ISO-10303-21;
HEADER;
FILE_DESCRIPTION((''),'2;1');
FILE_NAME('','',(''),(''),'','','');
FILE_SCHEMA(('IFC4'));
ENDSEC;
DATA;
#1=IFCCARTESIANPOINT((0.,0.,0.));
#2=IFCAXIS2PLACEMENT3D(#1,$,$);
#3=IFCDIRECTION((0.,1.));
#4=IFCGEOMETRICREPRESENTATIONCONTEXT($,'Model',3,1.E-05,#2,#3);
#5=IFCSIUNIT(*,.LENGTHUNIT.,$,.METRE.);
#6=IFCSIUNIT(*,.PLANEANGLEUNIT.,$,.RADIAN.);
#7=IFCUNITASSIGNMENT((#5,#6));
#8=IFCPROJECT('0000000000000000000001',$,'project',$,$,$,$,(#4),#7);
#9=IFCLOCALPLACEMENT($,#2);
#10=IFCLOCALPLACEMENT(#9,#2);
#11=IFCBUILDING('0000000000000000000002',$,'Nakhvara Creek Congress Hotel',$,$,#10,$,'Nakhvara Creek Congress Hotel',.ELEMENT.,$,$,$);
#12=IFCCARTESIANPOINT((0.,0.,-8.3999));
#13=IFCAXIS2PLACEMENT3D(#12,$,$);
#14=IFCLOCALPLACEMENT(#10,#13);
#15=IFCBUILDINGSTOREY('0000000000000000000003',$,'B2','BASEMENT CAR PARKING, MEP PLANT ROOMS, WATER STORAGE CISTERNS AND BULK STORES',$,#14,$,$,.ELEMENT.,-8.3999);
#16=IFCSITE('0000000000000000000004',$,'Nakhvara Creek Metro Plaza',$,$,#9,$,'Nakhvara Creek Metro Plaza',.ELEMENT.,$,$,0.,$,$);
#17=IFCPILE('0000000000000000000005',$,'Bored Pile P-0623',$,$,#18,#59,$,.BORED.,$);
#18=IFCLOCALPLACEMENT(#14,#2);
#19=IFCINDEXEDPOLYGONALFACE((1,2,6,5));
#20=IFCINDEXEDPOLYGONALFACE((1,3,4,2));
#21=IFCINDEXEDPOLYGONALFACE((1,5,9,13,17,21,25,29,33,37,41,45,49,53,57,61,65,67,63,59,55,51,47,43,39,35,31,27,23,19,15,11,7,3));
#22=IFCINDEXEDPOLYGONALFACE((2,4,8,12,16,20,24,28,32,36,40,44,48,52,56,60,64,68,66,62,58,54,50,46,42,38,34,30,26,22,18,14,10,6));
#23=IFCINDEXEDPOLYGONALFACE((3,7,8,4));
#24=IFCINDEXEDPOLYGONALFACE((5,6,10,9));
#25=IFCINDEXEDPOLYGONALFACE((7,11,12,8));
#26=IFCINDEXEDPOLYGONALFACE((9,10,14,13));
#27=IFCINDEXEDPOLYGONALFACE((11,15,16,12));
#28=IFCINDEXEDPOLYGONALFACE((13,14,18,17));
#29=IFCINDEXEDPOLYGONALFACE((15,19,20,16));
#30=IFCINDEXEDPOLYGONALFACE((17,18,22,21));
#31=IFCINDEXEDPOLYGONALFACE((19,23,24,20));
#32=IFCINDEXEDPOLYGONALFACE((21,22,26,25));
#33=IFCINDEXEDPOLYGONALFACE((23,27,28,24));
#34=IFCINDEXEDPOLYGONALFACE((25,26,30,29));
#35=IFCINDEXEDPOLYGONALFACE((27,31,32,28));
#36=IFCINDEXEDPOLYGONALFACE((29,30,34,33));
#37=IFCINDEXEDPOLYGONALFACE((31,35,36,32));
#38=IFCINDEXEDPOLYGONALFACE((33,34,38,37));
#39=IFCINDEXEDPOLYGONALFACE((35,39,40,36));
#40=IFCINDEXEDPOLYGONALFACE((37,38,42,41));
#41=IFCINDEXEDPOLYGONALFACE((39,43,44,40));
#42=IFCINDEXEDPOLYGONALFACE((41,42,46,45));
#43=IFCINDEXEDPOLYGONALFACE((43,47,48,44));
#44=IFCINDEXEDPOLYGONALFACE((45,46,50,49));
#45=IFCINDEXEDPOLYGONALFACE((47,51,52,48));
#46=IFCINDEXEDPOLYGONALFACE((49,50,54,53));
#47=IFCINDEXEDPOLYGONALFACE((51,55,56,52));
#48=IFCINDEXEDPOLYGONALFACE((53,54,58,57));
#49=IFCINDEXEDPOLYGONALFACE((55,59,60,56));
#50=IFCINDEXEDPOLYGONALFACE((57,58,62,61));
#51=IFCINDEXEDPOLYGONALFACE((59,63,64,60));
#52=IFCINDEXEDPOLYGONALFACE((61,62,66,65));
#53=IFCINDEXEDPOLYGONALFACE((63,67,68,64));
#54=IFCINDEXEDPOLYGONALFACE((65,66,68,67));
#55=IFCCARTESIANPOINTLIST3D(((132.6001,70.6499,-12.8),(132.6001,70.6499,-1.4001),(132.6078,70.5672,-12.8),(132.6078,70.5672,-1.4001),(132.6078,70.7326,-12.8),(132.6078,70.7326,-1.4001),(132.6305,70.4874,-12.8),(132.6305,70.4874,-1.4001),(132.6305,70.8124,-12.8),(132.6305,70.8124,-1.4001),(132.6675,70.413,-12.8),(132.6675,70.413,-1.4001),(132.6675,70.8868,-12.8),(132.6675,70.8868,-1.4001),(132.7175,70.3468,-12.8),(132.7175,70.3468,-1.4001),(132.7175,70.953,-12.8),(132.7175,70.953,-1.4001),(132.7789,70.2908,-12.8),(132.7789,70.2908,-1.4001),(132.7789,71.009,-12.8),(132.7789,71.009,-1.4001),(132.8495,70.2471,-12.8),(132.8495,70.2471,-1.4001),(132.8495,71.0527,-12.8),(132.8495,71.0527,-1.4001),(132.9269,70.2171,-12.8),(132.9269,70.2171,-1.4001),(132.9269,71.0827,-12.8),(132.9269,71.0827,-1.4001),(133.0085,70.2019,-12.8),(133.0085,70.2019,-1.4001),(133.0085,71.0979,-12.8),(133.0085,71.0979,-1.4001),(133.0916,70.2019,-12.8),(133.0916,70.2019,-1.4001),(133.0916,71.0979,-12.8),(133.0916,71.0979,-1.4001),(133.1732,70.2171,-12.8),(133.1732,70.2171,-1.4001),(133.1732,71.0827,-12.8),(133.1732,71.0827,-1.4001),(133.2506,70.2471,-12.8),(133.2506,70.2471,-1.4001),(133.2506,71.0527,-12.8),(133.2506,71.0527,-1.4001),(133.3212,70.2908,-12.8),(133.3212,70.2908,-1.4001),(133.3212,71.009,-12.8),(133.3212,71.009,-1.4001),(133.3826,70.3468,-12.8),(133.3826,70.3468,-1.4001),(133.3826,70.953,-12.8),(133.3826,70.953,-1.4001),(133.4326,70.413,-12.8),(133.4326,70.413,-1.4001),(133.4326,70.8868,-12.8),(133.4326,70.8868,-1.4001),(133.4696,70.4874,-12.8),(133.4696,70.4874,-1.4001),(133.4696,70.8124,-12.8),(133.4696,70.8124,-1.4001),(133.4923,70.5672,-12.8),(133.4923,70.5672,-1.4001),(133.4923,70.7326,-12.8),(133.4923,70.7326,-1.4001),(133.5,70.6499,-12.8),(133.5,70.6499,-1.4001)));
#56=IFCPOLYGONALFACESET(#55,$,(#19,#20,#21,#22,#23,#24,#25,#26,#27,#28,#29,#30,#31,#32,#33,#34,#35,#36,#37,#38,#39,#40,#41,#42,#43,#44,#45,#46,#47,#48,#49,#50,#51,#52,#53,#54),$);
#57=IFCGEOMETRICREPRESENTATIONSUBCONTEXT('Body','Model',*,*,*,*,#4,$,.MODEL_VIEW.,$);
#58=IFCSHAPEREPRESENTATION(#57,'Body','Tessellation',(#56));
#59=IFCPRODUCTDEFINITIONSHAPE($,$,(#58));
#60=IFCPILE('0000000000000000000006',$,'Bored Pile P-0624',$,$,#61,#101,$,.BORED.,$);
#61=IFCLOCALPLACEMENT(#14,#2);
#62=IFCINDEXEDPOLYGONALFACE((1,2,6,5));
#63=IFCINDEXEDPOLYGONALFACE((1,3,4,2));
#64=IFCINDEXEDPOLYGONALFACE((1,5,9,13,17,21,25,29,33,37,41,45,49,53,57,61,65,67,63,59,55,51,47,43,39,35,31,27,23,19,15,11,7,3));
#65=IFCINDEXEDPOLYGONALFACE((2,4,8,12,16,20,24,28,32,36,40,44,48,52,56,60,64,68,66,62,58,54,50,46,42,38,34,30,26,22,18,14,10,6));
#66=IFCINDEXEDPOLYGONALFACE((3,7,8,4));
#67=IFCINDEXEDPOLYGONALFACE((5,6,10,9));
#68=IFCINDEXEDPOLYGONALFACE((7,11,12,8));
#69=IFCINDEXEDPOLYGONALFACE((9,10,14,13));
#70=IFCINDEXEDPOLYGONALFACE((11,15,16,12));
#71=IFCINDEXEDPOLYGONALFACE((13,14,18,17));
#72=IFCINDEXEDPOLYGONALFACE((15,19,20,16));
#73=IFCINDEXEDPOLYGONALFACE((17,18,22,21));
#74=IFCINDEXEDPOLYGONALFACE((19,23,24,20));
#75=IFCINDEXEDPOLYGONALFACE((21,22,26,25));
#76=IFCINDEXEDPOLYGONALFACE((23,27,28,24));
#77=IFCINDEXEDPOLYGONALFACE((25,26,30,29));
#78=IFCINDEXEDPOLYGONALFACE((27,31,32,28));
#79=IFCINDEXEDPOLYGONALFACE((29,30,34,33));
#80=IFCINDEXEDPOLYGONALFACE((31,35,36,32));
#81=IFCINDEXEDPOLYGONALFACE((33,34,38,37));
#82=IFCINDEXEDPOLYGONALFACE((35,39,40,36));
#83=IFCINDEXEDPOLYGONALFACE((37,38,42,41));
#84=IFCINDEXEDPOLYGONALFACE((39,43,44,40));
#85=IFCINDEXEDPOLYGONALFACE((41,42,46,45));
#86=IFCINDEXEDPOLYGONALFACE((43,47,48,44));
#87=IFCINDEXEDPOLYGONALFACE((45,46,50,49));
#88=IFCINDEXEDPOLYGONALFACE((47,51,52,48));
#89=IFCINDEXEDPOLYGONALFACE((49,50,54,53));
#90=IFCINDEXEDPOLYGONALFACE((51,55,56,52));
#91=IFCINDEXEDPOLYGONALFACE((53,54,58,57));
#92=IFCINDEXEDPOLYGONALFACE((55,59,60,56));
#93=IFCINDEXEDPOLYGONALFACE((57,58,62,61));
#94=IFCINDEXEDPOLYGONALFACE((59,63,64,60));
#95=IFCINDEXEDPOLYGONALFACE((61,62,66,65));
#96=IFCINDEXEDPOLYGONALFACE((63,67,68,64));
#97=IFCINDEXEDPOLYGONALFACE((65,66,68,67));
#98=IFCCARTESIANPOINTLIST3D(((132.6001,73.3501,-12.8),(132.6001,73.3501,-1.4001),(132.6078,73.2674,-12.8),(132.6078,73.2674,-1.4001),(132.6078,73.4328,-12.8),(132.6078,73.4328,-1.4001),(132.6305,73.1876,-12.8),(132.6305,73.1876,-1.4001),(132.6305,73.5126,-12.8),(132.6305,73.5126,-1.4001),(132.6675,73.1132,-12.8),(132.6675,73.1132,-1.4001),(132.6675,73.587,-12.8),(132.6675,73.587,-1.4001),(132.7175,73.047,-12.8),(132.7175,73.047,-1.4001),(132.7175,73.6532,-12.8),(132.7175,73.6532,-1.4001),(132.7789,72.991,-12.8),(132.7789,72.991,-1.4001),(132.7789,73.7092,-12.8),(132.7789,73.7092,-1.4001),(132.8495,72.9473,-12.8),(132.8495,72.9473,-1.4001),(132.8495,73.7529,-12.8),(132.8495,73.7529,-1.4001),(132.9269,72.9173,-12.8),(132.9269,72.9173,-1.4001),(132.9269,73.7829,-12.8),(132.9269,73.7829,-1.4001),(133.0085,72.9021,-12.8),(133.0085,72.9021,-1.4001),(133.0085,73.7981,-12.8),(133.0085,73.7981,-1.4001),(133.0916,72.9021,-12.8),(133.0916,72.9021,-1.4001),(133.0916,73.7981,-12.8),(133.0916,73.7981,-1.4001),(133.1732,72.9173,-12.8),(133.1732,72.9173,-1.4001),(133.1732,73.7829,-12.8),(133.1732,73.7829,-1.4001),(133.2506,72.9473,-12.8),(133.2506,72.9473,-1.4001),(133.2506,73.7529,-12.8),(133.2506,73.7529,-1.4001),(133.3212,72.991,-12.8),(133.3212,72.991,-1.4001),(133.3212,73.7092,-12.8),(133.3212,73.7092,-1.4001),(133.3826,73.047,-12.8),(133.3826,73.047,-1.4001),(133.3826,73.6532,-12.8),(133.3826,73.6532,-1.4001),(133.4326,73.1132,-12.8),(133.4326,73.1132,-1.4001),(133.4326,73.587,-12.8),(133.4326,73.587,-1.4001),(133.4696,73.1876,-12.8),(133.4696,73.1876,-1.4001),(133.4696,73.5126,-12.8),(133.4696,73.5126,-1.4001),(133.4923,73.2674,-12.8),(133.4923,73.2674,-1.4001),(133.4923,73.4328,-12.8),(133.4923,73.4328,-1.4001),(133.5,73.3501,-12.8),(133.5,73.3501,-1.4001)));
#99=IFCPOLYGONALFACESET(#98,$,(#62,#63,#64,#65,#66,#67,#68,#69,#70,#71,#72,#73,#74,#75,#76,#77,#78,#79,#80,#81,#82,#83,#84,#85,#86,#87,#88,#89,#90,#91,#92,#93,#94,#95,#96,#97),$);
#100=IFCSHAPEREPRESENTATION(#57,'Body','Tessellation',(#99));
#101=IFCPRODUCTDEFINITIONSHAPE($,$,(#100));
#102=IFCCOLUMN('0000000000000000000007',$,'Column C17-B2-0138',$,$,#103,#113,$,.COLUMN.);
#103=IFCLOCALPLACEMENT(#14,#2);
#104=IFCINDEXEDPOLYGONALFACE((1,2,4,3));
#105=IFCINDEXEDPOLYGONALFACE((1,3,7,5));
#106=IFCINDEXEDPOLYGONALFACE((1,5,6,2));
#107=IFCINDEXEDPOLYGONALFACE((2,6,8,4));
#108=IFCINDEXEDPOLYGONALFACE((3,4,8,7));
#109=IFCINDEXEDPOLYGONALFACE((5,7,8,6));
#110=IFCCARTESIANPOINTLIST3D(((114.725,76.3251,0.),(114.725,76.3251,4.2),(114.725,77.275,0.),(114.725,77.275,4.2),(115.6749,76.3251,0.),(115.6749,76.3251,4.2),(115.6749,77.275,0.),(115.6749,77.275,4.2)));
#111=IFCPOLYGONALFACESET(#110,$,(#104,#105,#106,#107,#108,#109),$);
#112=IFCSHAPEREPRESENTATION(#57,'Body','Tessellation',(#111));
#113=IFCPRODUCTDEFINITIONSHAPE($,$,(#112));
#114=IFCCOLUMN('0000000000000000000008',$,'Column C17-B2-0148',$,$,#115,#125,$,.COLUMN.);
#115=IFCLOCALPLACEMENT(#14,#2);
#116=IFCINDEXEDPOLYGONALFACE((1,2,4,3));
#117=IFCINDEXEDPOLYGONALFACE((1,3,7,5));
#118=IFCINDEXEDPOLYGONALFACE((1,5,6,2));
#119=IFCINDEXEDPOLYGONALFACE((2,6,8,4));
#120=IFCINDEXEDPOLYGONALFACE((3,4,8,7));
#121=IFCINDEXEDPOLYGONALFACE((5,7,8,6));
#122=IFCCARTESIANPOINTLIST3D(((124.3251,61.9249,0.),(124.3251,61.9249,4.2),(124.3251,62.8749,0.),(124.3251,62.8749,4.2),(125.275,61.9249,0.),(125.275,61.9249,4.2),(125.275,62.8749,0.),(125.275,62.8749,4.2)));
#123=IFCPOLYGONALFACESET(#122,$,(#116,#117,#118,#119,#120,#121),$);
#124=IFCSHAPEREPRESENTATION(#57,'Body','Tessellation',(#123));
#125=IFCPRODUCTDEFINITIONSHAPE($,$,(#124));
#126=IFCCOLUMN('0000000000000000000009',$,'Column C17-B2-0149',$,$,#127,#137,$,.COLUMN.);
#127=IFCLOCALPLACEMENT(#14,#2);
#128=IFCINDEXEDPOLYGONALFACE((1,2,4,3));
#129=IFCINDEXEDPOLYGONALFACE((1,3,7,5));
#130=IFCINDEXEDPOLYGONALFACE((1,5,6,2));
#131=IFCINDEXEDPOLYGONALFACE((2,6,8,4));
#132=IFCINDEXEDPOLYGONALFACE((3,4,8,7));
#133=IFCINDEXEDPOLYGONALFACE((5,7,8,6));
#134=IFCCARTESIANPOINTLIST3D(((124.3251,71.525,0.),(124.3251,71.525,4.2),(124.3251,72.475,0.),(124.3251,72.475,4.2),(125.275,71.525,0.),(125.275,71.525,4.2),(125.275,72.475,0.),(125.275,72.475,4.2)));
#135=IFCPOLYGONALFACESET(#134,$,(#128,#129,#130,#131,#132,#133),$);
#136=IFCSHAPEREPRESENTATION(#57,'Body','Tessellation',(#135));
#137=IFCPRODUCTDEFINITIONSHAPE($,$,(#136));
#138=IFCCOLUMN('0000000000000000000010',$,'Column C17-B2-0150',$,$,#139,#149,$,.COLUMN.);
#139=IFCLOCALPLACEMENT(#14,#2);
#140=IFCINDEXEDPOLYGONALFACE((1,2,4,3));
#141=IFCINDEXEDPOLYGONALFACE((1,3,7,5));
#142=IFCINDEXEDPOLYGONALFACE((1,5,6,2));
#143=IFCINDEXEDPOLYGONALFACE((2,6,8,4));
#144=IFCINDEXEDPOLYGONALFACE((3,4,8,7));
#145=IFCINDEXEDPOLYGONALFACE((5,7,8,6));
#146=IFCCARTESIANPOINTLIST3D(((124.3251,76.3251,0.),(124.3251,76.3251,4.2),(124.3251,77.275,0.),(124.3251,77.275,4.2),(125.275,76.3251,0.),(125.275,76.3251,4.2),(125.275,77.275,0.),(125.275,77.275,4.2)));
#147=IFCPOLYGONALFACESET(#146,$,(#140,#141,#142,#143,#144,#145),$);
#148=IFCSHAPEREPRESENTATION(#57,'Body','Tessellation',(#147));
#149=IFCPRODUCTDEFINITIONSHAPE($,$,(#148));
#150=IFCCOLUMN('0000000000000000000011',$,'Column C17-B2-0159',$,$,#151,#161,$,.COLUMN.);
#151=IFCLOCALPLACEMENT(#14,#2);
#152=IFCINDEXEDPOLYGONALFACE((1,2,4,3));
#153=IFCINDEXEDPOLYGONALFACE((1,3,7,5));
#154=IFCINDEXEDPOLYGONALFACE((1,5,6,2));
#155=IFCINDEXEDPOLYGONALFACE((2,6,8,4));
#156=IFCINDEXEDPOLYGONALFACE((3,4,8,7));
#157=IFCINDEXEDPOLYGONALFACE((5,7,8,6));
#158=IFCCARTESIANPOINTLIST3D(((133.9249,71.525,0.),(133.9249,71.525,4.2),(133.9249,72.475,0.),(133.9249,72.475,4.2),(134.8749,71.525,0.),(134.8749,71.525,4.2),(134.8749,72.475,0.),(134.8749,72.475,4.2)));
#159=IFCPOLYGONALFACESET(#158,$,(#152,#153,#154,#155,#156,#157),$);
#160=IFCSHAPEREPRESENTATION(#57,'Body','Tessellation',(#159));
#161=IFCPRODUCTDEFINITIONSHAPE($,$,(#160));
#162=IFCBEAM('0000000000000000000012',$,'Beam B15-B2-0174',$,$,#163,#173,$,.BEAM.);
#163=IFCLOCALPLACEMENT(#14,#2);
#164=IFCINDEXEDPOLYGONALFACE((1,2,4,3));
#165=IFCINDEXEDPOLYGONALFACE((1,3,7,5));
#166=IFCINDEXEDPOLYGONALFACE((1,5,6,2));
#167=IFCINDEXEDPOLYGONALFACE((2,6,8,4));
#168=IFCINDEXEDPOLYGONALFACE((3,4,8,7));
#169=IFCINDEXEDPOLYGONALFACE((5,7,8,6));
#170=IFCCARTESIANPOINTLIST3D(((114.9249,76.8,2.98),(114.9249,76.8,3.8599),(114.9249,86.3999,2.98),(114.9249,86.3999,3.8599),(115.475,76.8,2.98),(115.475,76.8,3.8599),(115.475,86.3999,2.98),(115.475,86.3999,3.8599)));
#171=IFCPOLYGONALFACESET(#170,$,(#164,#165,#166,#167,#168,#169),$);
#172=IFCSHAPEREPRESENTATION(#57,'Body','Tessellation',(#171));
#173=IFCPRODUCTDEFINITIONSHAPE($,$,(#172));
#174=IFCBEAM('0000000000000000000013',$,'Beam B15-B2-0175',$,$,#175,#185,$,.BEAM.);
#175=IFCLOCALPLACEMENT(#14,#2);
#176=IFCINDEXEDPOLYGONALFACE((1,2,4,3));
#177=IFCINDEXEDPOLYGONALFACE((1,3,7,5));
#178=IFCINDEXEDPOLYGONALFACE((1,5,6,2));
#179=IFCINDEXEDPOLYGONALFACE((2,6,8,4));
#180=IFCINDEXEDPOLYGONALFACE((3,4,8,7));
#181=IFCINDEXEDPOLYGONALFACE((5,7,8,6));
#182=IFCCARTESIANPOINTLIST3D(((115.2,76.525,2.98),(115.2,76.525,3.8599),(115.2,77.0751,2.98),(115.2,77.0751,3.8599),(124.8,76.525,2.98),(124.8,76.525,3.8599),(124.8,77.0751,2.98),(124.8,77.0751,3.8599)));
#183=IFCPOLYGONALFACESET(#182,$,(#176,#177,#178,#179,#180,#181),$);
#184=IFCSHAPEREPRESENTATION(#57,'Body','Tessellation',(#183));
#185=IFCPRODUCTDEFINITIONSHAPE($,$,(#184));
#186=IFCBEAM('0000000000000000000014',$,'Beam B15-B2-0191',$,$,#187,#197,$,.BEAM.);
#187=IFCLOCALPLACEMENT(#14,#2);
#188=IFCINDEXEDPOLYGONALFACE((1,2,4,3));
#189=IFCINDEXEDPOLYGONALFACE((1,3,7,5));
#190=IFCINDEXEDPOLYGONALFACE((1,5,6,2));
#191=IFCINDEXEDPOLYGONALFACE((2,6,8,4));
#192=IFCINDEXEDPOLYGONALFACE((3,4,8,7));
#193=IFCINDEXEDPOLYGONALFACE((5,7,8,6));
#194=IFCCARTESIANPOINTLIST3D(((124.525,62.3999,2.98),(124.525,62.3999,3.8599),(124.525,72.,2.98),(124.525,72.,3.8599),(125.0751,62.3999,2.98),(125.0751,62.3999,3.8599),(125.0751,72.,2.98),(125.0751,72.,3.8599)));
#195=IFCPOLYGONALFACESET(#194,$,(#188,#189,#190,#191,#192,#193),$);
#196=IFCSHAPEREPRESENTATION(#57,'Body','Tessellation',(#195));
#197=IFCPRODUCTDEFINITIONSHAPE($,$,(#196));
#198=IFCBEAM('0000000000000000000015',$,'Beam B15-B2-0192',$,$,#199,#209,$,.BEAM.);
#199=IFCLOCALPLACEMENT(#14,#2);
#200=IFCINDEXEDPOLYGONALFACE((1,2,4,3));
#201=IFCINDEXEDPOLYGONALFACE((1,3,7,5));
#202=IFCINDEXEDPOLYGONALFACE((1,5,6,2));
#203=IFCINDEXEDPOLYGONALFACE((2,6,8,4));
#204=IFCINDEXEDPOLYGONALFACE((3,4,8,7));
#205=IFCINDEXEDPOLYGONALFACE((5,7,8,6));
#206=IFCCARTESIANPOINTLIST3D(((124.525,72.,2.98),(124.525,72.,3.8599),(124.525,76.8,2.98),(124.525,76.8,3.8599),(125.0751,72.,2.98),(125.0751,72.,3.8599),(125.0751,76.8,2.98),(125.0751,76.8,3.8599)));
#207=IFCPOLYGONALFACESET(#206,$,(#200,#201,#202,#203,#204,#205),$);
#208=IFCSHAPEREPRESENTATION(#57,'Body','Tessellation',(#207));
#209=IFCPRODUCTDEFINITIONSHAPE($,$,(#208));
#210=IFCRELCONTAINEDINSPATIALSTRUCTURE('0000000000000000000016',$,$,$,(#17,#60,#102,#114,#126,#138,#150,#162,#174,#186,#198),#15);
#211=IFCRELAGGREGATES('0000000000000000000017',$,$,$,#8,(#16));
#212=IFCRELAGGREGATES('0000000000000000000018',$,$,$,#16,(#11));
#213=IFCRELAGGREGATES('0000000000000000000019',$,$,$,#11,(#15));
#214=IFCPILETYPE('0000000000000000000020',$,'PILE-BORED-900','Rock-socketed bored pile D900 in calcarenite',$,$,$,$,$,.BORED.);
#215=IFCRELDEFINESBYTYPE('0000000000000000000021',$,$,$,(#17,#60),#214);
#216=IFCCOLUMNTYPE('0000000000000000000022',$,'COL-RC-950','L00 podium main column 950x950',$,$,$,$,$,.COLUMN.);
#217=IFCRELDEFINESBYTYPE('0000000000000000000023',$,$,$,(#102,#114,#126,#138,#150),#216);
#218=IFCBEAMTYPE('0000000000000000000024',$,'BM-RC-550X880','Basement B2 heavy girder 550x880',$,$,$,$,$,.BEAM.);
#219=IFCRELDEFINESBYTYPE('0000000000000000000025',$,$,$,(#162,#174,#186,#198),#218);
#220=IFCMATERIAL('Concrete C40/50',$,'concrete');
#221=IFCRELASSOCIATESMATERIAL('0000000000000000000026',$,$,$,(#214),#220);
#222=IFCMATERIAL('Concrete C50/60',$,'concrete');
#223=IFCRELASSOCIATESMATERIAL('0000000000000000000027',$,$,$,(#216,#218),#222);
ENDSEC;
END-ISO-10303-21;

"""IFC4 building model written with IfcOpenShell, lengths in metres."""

from ifc_helpers import new_model, si_unit, direction, frame, origin, origin_2d, place, context, subcontext, project, spatial, rectangle, circle, extrude, material, material_profile, profile_set, type_object, element, save


model = new_model("IFC4")

# Units and contexts
model_context = context("Model", 3, precision=1e-05, world=origin(), true_north=direction((0.0, 1.0)))
body_context = subcontext(model_context, "Body", "Model", "MODEL_VIEW")
ifc_project = project(units=[si_unit("LENGTHUNIT", "METRE"), si_unit("PLANEANGLEUNIT", "RADIAN")], contexts=[model_context])

# Site, building, storey
site_placement = place(None, origin())
site = spatial("IfcSite", under=ifc_project, at=site_placement, Name="Nakhvara Creek Metro Plaza", LongName="Nakhvara Creek Metro Plaza", CompositionType="ELEMENT", RefElevation=0.0)
building_placement = place(site_placement, origin())
building = spatial("IfcBuilding", under=site, at=building_placement, Name="Nakhvara Creek Congress Hotel", LongName="Nakhvara Creek Congress Hotel", CompositionType="ELEMENT")
storey_placement = place(building_placement, frame((0.0, 0.0, -8.3999)))
storey = spatial("IfcBuildingStorey", under=building, at=storey_placement, Name="B2", Description="BASEMENT CAR PARKING, MEP PLANT ROOMS, WATER STORAGE CISTERNS AND BULK STORES", CompositionType="ELEMENT", Elevation=-8.3999)

# Shared definitions
ifc_material_1 = material(Name="Concrete C40/50", Category="concrete")

# Piles
ifc_material_profile_1 = material_profile(ifc_material_1, circle(Radius=0.45, at=origin_2d()), Name="BORED PILE D900", Category="LoadBearing")
ifc_profile_set_1 = profile_set([ifc_material_profile_1], Name="Concrete C40/50")
pile_type = type_object("IfcPileType", Name="PILE-BORED-900", Description="Rock-socketed bored pile D900 in calcarenite", PredefinedType="BORED", material=ifc_profile_set_1)
for number, where, z_axis, x_axis, name in (
    (1, (133.05, 70.6499, -1.4001), (0.0, 0.0, -1.0), (1.0, 0.0, 0.0), "Bored Pile P-0623"),
    (2, (133.05, 73.3501, -1.4001), (0.0, 0.0, -1.0), (1.0, 0.0, 0.0), "Bored Pile P-0624"),
):
    element("IfcPile", number, at=place(storey_placement, frame(where, z_axis=z_axis, x_axis=x_axis)), inside=storey, type_object=pile_type, Name=name, PredefinedType="BORED", context=body_context, shape_type="SweptSolid", body=[
        extrude(circle(Radius=0.45, at=origin_2d()), origin(), (0.0, 0.0, 1.0), 11.3999),
    ])

# Columns
ifc_material_2 = material(Name="Concrete C50/60", Category="concrete")
ifc_material_profile_2 = material_profile(ifc_material_2, rectangle(XDim=0.95, YDim=0.95, at=origin_2d()), Name="RC-COL 950x950", Category="LoadBearing")
ifc_profile_set_2 = profile_set([ifc_material_profile_2], Name="Concrete C50/60")
column_type = type_object("IfcColumnType", Name="COL-RC-950", Description="L00 podium main column 950x950", PredefinedType="COLUMN", material=ifc_profile_set_2)
for number, where, z_axis, x_axis, name in (
    (3, (115.2, 76.8, 0.0), (0.0, 0.0, 1.0), (1.0, 0.0, 0.0), "Column C17-B2-0138"),
    (4, (124.8, 62.3999, 0.0), (0.0, 0.0, 1.0), (1.0, 0.0, 0.0), "Column C17-B2-0148"),
    (5, (124.8, 72.0, 0.0), (0.0, 0.0, 1.0), (1.0, 0.0, 0.0), "Column C17-B2-0149"),
    (6, (124.8, 76.8, 0.0), (0.0, 0.0, 1.0), (1.0, 0.0, 0.0), "Column C17-B2-0150"),
    (7, (134.3999, 72.0, 0.0), (0.0, 0.0, 1.0), (1.0, 0.0, 0.0), "Column C17-B2-0159"),
):
    element("IfcColumn", number, at=place(storey_placement, frame(where, z_axis=z_axis, x_axis=x_axis)), inside=storey, type_object=column_type, Name=name, PredefinedType="COLUMN", context=body_context, shape_type="SweptSolid", body=[
        extrude(rectangle(XDim=0.95, YDim=0.95, at=origin_2d()), origin(), (0.0, 0.0, 1.0), 4.2),
    ])

# Beams
ifc_material_profile_3 = material_profile(ifc_material_2, rectangle(XDim=0.55, YDim=0.8799, at=origin_2d()), Name="RC-BM 550x880", Category="LoadBearing")
ifc_profile_set_3 = profile_set([ifc_material_profile_3], Name="Concrete C50/60")
beam_type = type_object("IfcBeamType", Name="BM-RC-550X880", Description="Basement B2 heavy girder 550x880", PredefinedType="BEAM", material=ifc_profile_set_3)
beam_1_placement = place(storey_placement, frame((115.2, 76.8, 3.4199), z_axis=(0.0, 1.0, 0.0), x_axis=(-1.0, 0.0, 0.0)))
element("IfcBeam", 8, at=beam_1_placement, inside=storey, type_object=beam_type, Name="Beam B15-B2-0174", PredefinedType="BEAM", context=body_context, shape_type="SweptSolid", body=[
    extrude(rectangle(XDim=0.55, YDim=0.8799, at=origin_2d()), origin(), (0.0, 0.0, 1.0), 9.5999),
])
for number, where, z_axis, x_axis, name in (
    (9, (115.2, 76.8, 3.4199), (1.0, 0.0, 0.0), (0.0, 1.0, 0.0), "Beam B15-B2-0175"),
    (10, (124.8, 62.3999, 3.4199), (0.0, 1.0, 0.0), (-1.0, 0.0, 0.0), "Beam B15-B2-0191"),
):
    element("IfcBeam", number, at=place(storey_placement, frame(where, z_axis=z_axis, x_axis=x_axis)), inside=storey, type_object=beam_type, Name=name, PredefinedType="BEAM", context=body_context, shape_type="SweptSolid", body=[
        extrude(rectangle(XDim=0.55, YDim=0.8799, at=origin_2d()), origin(), (0.0, 0.0, 1.0), 9.6001),
    ])
beam_2_placement = place(storey_placement, frame((124.8, 72.0, 3.4199), z_axis=(0.0, 1.0, 0.0), x_axis=(-1.0, 0.0, 0.0)))
element("IfcBeam", 11, at=beam_2_placement, inside=storey, type_object=beam_type, Name="Beam B15-B2-0192", PredefinedType="BEAM", context=body_context, shape_type="SweptSolid", body=[
    extrude(rectangle(XDim=0.55, YDim=0.8799, at=origin_2d()), origin(), (0.0, 0.0, 1.0), 4.8),
])

save(model, "model.ifc")
